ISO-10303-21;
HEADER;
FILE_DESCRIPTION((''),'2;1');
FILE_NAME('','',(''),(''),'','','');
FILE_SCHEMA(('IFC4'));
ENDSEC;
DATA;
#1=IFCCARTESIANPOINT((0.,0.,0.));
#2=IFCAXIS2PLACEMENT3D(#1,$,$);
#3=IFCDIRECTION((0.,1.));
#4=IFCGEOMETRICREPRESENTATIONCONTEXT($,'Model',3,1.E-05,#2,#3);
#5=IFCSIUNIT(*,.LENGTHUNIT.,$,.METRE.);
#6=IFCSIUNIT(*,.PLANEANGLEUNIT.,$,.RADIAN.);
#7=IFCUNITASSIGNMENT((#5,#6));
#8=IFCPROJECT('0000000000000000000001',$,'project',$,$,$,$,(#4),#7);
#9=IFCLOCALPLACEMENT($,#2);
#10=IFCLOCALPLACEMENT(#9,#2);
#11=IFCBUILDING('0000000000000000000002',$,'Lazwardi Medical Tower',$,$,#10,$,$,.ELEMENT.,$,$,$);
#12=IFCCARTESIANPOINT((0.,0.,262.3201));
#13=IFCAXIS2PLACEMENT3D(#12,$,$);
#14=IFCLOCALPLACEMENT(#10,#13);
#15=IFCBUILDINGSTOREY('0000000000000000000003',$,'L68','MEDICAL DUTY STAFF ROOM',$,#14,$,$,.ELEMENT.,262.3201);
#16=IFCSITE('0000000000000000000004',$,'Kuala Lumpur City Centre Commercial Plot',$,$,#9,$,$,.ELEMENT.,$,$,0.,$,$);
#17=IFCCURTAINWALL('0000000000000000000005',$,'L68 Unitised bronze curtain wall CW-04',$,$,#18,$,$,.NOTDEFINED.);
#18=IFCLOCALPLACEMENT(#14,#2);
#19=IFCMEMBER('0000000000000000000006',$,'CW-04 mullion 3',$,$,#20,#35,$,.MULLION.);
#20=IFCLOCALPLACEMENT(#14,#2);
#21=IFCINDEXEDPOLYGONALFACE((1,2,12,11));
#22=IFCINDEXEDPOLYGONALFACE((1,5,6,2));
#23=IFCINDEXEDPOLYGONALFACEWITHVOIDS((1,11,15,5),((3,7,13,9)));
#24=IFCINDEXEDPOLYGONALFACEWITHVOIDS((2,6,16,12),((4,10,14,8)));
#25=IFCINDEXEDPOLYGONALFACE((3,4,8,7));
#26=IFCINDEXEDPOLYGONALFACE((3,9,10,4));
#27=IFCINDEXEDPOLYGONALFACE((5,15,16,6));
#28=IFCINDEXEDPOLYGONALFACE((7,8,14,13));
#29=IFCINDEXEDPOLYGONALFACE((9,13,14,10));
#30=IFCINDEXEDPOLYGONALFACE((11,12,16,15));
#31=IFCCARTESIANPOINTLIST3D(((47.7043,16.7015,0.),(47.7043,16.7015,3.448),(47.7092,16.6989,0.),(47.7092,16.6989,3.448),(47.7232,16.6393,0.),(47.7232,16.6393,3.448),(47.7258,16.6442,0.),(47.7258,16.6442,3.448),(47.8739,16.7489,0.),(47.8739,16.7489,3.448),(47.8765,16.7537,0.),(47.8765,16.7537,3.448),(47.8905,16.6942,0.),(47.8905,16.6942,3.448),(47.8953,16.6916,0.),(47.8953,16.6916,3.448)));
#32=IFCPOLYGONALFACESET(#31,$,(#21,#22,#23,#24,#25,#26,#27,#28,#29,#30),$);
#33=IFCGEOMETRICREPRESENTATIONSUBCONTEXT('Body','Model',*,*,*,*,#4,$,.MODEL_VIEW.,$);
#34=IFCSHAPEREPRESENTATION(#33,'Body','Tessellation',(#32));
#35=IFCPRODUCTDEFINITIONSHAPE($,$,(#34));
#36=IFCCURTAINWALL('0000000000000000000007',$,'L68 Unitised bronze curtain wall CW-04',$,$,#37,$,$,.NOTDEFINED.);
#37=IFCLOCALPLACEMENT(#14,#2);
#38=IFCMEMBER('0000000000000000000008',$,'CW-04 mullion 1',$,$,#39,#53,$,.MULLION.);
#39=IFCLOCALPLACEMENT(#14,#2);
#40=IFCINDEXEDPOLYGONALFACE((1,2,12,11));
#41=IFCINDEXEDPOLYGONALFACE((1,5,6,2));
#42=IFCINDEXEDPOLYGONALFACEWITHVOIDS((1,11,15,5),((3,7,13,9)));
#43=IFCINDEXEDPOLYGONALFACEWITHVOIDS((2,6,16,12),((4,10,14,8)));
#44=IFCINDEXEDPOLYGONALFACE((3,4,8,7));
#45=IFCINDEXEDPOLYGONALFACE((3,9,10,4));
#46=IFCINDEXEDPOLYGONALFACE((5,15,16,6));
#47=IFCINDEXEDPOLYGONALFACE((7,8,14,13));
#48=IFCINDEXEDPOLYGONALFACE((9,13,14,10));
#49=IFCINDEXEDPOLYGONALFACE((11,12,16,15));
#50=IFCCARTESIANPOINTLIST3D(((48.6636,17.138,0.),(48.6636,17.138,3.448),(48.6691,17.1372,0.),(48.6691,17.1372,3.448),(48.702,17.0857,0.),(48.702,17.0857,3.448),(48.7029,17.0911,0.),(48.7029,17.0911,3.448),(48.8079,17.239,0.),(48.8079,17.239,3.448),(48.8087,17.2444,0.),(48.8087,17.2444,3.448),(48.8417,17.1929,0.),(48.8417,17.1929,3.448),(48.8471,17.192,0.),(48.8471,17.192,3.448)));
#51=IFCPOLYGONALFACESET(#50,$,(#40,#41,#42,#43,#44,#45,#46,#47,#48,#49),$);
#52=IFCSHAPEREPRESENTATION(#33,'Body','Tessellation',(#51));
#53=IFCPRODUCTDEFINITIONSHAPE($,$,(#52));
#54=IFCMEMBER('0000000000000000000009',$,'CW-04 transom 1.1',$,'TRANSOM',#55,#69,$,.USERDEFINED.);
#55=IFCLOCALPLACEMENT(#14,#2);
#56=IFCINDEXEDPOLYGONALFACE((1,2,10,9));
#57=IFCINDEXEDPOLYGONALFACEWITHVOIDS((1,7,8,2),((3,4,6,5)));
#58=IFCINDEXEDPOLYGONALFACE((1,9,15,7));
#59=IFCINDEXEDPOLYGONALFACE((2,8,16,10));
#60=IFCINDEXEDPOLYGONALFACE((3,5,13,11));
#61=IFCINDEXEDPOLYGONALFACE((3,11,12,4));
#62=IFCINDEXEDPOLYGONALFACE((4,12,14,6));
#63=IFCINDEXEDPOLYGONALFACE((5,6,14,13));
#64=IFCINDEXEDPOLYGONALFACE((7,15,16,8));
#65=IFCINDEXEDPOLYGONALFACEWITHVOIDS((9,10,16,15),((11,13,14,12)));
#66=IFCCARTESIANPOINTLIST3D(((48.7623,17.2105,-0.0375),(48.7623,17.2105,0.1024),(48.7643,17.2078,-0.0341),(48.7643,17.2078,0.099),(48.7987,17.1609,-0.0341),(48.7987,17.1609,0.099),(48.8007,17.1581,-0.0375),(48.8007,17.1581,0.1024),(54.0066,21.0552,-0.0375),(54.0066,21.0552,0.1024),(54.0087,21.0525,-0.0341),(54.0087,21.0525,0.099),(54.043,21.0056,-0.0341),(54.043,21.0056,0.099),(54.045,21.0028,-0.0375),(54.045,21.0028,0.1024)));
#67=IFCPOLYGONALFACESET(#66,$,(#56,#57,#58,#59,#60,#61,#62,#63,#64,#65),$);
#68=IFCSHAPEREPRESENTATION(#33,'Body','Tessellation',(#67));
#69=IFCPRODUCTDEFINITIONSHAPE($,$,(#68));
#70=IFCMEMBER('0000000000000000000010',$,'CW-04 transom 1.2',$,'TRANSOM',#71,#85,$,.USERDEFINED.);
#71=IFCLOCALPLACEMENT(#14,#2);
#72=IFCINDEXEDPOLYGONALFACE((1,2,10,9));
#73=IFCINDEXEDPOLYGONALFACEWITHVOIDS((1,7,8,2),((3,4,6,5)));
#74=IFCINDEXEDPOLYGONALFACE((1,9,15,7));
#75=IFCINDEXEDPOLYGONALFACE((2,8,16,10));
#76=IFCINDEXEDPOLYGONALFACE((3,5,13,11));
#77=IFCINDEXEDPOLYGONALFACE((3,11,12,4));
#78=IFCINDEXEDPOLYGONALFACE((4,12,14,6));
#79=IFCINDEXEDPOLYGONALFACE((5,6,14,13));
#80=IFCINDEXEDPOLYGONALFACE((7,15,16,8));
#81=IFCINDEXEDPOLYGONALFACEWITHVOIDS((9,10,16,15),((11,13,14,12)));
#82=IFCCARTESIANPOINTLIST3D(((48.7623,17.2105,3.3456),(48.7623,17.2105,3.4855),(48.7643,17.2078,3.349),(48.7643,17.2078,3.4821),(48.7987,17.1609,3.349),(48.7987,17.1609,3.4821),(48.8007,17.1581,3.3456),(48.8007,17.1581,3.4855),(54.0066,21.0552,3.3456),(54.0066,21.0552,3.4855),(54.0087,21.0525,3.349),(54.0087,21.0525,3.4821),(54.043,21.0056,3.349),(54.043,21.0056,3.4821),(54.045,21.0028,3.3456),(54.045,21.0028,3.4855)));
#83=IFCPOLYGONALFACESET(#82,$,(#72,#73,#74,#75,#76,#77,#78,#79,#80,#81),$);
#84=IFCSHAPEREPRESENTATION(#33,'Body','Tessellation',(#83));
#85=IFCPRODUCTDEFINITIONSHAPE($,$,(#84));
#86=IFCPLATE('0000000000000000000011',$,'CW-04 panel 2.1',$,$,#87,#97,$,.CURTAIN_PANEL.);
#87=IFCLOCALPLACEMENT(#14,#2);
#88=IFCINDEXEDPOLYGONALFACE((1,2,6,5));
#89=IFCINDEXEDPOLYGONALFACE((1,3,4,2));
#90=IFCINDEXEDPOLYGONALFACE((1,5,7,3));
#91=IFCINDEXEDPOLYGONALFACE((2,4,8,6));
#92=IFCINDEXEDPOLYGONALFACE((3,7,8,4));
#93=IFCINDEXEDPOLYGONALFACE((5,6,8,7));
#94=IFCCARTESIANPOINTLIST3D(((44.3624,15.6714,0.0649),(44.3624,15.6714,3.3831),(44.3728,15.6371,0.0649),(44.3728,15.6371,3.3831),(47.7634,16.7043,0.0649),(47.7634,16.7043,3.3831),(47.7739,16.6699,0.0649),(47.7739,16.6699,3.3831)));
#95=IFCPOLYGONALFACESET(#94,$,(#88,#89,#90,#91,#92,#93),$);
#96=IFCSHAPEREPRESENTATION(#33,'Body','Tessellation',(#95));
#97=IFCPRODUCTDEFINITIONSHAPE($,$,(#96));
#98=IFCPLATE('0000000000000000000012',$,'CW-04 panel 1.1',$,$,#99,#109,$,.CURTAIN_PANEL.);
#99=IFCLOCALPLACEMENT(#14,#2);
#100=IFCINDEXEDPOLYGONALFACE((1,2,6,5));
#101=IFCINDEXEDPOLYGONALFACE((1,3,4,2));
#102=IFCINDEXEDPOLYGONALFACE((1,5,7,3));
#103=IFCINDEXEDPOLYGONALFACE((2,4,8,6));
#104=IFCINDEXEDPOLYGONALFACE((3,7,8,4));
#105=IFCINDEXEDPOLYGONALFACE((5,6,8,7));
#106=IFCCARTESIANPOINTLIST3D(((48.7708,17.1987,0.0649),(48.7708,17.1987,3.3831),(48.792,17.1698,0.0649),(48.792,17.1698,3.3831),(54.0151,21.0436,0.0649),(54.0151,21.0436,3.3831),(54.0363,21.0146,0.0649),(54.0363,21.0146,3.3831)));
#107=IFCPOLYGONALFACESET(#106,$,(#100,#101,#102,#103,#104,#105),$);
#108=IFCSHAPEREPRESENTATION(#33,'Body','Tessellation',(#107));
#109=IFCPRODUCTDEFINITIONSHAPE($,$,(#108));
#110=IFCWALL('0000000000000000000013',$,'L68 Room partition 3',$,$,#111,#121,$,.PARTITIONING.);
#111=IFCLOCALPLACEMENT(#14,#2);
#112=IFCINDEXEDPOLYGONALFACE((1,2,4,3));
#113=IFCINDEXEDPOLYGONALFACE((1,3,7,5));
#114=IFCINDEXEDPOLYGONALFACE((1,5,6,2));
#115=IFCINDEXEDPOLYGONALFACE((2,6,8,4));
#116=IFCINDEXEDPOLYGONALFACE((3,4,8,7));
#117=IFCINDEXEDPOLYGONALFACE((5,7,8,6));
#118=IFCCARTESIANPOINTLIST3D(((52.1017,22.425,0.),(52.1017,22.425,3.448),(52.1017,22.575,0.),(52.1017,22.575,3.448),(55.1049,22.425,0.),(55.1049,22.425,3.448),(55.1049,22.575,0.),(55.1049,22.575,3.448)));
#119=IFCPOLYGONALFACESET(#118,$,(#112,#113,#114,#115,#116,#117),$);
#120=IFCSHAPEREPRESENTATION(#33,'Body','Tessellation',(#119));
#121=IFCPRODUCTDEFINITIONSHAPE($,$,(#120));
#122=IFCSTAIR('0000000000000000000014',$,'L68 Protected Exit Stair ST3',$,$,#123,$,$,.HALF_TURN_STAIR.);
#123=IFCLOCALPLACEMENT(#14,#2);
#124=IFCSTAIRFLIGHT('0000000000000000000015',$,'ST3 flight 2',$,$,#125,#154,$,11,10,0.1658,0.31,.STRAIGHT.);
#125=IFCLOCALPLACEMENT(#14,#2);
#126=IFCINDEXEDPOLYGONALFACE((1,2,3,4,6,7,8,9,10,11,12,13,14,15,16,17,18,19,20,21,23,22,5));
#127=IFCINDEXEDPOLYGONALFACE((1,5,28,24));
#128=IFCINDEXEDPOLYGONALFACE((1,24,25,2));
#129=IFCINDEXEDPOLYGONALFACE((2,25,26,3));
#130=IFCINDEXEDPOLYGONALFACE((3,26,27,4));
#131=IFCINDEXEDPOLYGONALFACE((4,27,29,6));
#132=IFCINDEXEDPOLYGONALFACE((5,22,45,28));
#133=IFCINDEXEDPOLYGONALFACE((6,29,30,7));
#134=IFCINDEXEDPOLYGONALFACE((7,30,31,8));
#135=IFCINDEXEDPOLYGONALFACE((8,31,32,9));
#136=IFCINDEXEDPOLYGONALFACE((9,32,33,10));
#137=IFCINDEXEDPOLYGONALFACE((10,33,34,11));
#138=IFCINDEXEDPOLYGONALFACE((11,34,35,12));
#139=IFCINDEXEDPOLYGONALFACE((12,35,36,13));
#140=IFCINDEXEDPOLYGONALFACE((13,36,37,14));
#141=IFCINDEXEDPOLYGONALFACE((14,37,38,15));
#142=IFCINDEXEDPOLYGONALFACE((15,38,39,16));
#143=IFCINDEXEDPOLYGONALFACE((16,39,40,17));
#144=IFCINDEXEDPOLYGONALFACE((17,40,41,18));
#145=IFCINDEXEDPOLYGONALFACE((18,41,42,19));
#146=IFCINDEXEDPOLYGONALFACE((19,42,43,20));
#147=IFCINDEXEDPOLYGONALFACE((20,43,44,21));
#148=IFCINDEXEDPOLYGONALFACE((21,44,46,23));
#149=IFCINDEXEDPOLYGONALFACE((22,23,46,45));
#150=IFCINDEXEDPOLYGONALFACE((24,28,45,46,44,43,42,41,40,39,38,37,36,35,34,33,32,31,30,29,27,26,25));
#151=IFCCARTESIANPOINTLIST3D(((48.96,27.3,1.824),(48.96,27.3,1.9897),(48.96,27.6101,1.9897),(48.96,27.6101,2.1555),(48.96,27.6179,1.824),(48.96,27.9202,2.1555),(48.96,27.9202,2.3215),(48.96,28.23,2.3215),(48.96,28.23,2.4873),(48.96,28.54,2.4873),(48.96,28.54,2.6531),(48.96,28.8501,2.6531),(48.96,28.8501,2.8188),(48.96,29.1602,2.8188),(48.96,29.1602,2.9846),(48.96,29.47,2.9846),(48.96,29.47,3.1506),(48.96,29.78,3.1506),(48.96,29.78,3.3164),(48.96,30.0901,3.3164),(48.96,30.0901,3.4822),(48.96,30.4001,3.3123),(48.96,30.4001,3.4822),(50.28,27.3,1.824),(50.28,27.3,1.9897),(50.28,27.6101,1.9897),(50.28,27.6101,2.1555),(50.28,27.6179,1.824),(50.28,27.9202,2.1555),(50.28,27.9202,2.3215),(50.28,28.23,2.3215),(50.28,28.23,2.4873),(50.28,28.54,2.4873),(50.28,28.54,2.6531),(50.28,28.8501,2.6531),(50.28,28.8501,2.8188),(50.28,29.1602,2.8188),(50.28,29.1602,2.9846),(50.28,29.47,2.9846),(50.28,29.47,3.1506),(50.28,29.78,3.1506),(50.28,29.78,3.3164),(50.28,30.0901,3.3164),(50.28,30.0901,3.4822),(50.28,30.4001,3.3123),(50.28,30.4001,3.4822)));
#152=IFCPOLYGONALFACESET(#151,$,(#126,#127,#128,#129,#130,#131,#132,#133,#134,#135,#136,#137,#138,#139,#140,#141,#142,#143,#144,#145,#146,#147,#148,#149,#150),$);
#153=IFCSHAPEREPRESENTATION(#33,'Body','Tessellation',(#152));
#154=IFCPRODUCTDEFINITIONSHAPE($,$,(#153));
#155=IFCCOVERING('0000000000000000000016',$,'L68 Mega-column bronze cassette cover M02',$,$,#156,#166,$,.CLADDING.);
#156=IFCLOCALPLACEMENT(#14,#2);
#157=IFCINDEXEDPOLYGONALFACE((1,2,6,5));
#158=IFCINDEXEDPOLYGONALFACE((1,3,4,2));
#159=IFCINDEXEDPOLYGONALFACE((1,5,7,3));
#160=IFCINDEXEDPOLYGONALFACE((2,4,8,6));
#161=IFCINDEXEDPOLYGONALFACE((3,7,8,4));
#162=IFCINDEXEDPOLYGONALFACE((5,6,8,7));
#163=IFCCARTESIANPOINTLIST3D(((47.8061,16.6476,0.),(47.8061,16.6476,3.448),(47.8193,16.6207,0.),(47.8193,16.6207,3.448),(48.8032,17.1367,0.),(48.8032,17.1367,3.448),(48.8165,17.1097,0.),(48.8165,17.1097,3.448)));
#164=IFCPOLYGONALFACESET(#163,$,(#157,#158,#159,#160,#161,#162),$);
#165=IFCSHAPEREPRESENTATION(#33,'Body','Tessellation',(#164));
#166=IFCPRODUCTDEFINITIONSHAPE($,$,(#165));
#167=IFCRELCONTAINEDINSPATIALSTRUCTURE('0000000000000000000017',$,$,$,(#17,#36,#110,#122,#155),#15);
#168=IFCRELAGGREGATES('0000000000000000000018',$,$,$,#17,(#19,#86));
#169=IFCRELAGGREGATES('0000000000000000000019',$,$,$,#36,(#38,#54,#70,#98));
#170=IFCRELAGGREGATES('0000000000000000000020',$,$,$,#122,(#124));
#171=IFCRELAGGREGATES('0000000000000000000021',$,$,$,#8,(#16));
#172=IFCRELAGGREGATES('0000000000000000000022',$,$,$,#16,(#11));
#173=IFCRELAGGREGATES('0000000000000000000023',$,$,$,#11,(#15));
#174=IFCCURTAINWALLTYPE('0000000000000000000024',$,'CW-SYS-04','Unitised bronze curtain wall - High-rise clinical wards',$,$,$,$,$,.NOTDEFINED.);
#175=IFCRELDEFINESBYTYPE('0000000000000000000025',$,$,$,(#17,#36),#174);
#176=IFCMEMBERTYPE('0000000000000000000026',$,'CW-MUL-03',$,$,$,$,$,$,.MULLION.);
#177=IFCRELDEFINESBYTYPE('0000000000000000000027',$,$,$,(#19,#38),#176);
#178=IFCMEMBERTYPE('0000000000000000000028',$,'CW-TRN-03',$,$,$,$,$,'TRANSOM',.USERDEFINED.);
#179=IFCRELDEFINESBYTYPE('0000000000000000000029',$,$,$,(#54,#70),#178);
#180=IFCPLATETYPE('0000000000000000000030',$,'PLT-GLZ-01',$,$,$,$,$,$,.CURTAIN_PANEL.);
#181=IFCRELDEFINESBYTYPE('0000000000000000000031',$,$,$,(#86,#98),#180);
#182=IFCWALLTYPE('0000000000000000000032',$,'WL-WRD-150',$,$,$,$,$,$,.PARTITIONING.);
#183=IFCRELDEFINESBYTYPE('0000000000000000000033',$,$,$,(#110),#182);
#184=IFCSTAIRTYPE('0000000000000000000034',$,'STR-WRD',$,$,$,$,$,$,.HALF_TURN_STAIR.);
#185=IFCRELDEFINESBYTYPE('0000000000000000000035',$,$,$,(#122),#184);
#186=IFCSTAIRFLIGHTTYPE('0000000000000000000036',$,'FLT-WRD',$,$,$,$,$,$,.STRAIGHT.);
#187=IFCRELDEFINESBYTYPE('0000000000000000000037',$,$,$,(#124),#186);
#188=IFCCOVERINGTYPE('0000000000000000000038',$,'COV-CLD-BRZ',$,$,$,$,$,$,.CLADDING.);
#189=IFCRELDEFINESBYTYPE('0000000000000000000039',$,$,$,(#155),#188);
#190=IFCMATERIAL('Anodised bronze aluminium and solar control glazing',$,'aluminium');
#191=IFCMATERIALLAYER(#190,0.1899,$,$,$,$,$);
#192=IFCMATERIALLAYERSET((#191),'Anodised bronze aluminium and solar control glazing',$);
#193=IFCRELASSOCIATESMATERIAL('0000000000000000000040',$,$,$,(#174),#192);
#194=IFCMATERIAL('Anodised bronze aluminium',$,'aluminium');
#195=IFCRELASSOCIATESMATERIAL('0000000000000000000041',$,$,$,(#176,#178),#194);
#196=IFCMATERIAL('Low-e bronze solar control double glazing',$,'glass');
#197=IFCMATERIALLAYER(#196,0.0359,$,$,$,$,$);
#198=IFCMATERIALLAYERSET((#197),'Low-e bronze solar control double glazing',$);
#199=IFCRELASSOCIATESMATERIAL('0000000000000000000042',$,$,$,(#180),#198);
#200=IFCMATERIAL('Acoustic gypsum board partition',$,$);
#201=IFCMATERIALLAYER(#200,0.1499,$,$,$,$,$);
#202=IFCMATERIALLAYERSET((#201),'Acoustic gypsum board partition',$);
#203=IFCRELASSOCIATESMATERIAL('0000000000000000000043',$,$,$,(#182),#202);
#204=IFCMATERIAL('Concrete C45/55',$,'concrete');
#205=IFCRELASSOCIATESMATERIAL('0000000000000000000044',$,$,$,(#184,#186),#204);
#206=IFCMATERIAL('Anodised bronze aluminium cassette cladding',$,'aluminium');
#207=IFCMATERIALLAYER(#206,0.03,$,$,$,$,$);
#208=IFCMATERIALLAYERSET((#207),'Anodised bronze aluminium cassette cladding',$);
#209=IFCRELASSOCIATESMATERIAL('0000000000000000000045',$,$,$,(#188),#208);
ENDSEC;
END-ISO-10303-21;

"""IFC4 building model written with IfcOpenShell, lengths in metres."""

from ifc_helpers import new_model, si_unit, direction, frame, frame_2d, origin, origin_2d, place, context, subcontext, project, spatial, polyline, rectangle, hollow_rectangle, outline, extrude, material, layer, layer_set, material_profile, profile_set, type_object, element, aggregate, save


model = new_model("IFC4")

# Units and contexts
model_context = context("Model", 3, precision=1e-05, world=origin(), true_north=direction((0.0, 1.0)))
body_context = subcontext(model_context, "Body", "Model", "MODEL_VIEW")
ifc_project = project(units=[si_unit("LENGTHUNIT", "METRE"), si_unit("PLANEANGLEUNIT", "RADIAN")], contexts=[model_context])

# Site, building, storey
site_placement = place(None, origin())
site = spatial("IfcSite", under=ifc_project, at=site_placement, Name="Kuala Lumpur City Centre Commercial Plot", CompositionType="ELEMENT", RefElevation=0.0)
building_placement = place(site_placement, origin())
building = spatial("IfcBuilding", under=site, at=building_placement, Name="Lazwardi Medical Tower", CompositionType="ELEMENT")
storey_placement = place(building_placement, frame((0.0, 0.0, 262.3201)))
storey = spatial("IfcBuildingStorey", under=building, at=storey_placement, Name="L68", Description="MEDICAL DUTY STAFF ROOM", CompositionType="ELEMENT", Elevation=262.3201)

# Curtain wall, member
ifc_material_1 = material(Name="Anodised bronze aluminium and solar control glazing", Category="aluminium")
ifc_layer_1 = layer(ifc_material_1, 0.1899)
ifc_layer_set_1 = layer_set([ifc_layer_1], Name="Anodised bronze aluminium and solar control glazing")
curtain_wall_type = type_object("IfcCurtainWallType", Name="CW-SYS-04", Description="Unitised bronze curtain wall - High-rise clinical wards", PredefinedType="NOTDEFINED", material=ifc_layer_set_1)
curtain_wall_1_placement = place(storey_placement, origin())
curtain_wall_1 = element("IfcCurtainWall", 1, at=curtain_wall_1_placement, inside=storey, type_object=curtain_wall_type, Name="L68 Unitised bronze curtain wall CW-04", PredefinedType="NOTDEFINED")
ifc_material_2 = material(Name="Anodised bronze aluminium", Category="aluminium")
ifc_material_profile_1 = material_profile(ifc_material_2, hollow_rectangle(XDim=0.0649, YDim=0.1799, WallThickness=0.0039, at=origin_2d()), Name="ALU-MULLION 180x65x4")
ifc_profile_set_1 = profile_set([ifc_material_profile_1], Name="Anodised bronze aluminium")
member_type_1 = type_object("IfcMemberType", Name="CW-MUL-03", PredefinedType="MULLION", material=ifc_profile_set_1)
member_1_placement = place(storey_placement, frame((47.7998, 16.6965, 0.0), z_axis=(0.0, 0.0, 1.0), x_axis=(-0.290582, 0.95685, 0.0)))
member_1 = element("IfcMember", 2, at=member_1_placement, type_object=member_type_1, Name="CW-04 mullion 3", PredefinedType="MULLION", context=body_context, shape_type="SweptSolid", body=[
    extrude(hollow_rectangle(XDim=0.0649, YDim=0.1799, WallThickness=0.0039, at=origin_2d()), origin(), (0.0, 0.0, 1.0), 3.448),
])

# Curtain wall, members
curtain_wall_2_placement = place(storey_placement, origin())
curtain_wall_2 = element("IfcCurtainWall", 3, at=curtain_wall_2_placement, inside=storey, type_object=curtain_wall_type, Name="L68 Unitised bronze curtain wall CW-04", PredefinedType="NOTDEFINED")
member_2_placement = place(storey_placement, frame((48.7554, 17.165, 0.0), z_axis=(0.0, 0.0, 1.0), x_axis=(-0.591268, 0.806475, 0.0)))
member_2 = element("IfcMember", 4, at=member_2_placement, type_object=member_type_1, Name="CW-04 mullion 1", PredefinedType="MULLION", context=body_context, shape_type="SweptSolid", body=[
    extrude(hollow_rectangle(XDim=0.0649, YDim=0.1799, WallThickness=0.0039, at=origin_2d()), origin(), (0.0, 0.0, 1.0), 3.448),
])
ifc_material_profile_2 = material_profile(ifc_material_2, hollow_rectangle(XDim=0.0649, YDim=0.1399, WallThickness=0.0034, at=origin_2d()), Name="ALU-TRANSOM 140x65x3.5")
ifc_profile_set_2 = profile_set([ifc_material_profile_2], Name="Anodised bronze aluminium")
member_type_2 = type_object("IfcMemberType", Name="CW-TRN-03", ElementType="TRANSOM", PredefinedType="USERDEFINED", material=ifc_profile_set_2)
member_3_placement = place(storey_placement, frame((48.7815, 17.1843, 0.0325), z_axis=(0.80649, 0.591248, 0.0), x_axis=(-0.591248, 0.80649, 0.0)))
member_3 = element("IfcMember", 5, at=member_3_placement, type_object=member_type_2, Name="CW-04 transom 1.1", ObjectType="TRANSOM", PredefinedType="USERDEFINED", context=body_context, shape_type="SweptSolid", body=[
    extrude(hollow_rectangle(XDim=0.0649, YDim=0.1399, WallThickness=0.0034, at=origin_2d()), origin(), (0.0, 0.0, 1.0), 6.5027),
])
member_4_placement = place(storey_placement, frame((48.7815, 17.1843, 3.4155), z_axis=(0.80649, 0.591248, 0.0), x_axis=(-0.591248, 0.80649, 0.0)))
member_4 = element("IfcMember", 6, at=member_4_placement, type_object=member_type_2, Name="CW-04 transom 1.2", ObjectType="TRANSOM", PredefinedType="USERDEFINED", context=body_context, shape_type="SweptSolid", body=[
    extrude(hollow_rectangle(XDim=0.0649, YDim=0.1399, WallThickness=0.0034, at=origin_2d()), origin(), (0.0, 0.0, 1.0), 6.5027),
])

# Plates
ifc_material_3 = material(Name="Low-e bronze solar control double glazing", Category="glass")
ifc_layer_2 = layer(ifc_material_3, 0.0359)
ifc_layer_set_2 = layer_set([ifc_layer_2], Name="Low-e bronze solar control double glazing")
plate_type = type_object("IfcPlateType", Name="PLT-GLZ-01", PredefinedType="CURTAIN_PANEL", material=ifc_layer_set_2)
plate_1_placement = place(storey_placement, frame((46.0681, 16.1707, 0.0649), z_axis=(0.0, 0.0, 1.0), x_axis=(0.95685, 0.290582, 0.0)))
plate_1 = element("IfcPlate", 7, at=plate_1_placement, type_object=plate_type, Name="CW-04 panel 2.1", PredefinedType="CURTAIN_PANEL", context=body_context, shape_type="SweptSolid", body=[
    extrude(rectangle(XDim=3.5544, YDim=0.0359, at=origin_2d()), origin(), (0.0, 0.0, 1.0), 3.3181),
])
aggregate(curtain_wall_1, [member_1, plate_1])
plate_2_placement = place(storey_placement, frame((51.4036, 19.1067, 0.0649), z_axis=(0.0, 0.0, 1.0), x_axis=(0.806475, 0.591268, 0.0)))
plate_2 = element("IfcPlate", 8, at=plate_2_placement, type_object=plate_type, Name="CW-04 panel 1.1", PredefinedType="CURTAIN_PANEL", context=body_context, shape_type="SweptSolid", body=[
    extrude(rectangle(XDim=6.5027, YDim=0.0359, at=origin_2d()), origin(), (0.0, 0.0, 1.0), 3.3181),
])
aggregate(curtain_wall_2, [member_2, member_3, member_4, plate_2])

# Wall
ifc_material_4 = material(Name="Acoustic gypsum board partition")
ifc_layer_3 = layer(ifc_material_4, 0.1499)
ifc_layer_set_3 = layer_set([ifc_layer_3], Name="Acoustic gypsum board partition")
wall_type = type_object("IfcWallType", Name="WL-WRD-150", PredefinedType="PARTITIONING", material=ifc_layer_set_3)
wall_placement = place(storey_placement, frame((52.1018, 22.5, 0.0), z_axis=(0.0, 0.0, 1.0), x_axis=(1.0, 0.0, 0.0)))
element("IfcWall", 9, at=wall_placement, inside=storey, type_object=wall_type, Name="L68 Room partition 3", PredefinedType="PARTITIONING", context=body_context, shape_type="SweptSolid", body=[
    extrude(rectangle(XDim=3.0032, YDim=0.1499, at=frame_2d((1.5015, 0.0))), origin(), (0.0, 0.0, 1.0), 3.448),
])

# Stair, stair flight
ifc_material_5 = material(Name="Concrete C45/55", Category="concrete")
stair_type = type_object("IfcStairType", Name="STR-WRD", PredefinedType="HALF_TURN_STAIR", material=ifc_material_5)
stair_placement = place(storey_placement, origin())
stair = element("IfcStair", 10, at=stair_placement, inside=storey, type_object=stair_type, Name="L68 Protected Exit Stair ST3", PredefinedType="HALF_TURN_STAIR")
stair_flight_type = type_object("IfcStairFlightType", Name="FLT-WRD", PredefinedType="STRAIGHT", material=ifc_material_5)
stair_flight_placement = place(storey_placement, frame((49.6201, 27.3, 1.824), z_axis=(0.0, 0.0, 1.0), x_axis=(0.0, 1.0, 0.0)))
stair_flight = element("IfcStairFlight", 11, at=stair_flight_placement, type_object=stair_flight_type, Name="ST3 flight 2", NumberOfRisers=11, NumberOfTreads=10, PredefinedType="STRAIGHT", RiserHeight=0.1658, TreadLength=0.31, context=body_context, shape_type="SweptSolid", body=[
    extrude(outline(polyline([(0.0, 0.0), (0.0, 0.1658), (0.3101, 0.1658), (0.3101, 0.3315), (0.6201, 0.3315), (0.6201, 0.4976), (0.9299, 0.4976), (0.9299, 0.6633), (1.24, 0.6633), (1.24, 0.8291), (1.55, 0.8291), (1.55, 0.9949), (1.8601, 0.9949), (1.8601, 1.1606), (2.1699, 1.1606), (2.1699, 1.3267), (2.48, 1.3267), (2.48, 1.4924), (2.79, 1.4924), (2.79, 1.6582), (3.1001, 1.6582), (3.1001, 1.824), (3.1001, 1.4883), (0.3179, 0.0), (0.0, 0.0)])), frame((0.0, 0.6602, 0.0), z_axis=(0.0, -1.0, 0.0), x_axis=(1.0, 0.0, 0.0)), (0.0, 0.0, 1.0), 1.3201),
])
aggregate(stair, [stair_flight])

# Covering
ifc_material_6 = material(Name="Anodised bronze aluminium cassette cladding", Category="aluminium")
ifc_layer_4 = layer(ifc_material_6, 0.03)
ifc_layer_set_4 = layer_set([ifc_layer_4], Name="Anodised bronze aluminium cassette cladding")
covering_type = type_object("IfcCoveringType", Name="COV-CLD-BRZ", PredefinedType="CLADDING", material=ifc_layer_set_4)
covering_placement = place(storey_placement, frame((48.3113, 16.8787, 0.0), z_axis=(0.0, 0.0, 1.0), x_axis=(0.89784, 0.440322, 0.0)))
element("IfcCovering", 12, at=covering_placement, inside=storey, type_object=covering_type, Name="L68 Mega-column bronze cassette cover M02", PredefinedType="CLADDING", context=body_context, shape_type="SweptSolid", body=[
    extrude(rectangle(XDim=1.1106, YDim=0.03, at=origin_2d()), origin(), (0.0, 0.0, 1.0), 3.448),
])

save(model, "model.ifc")
